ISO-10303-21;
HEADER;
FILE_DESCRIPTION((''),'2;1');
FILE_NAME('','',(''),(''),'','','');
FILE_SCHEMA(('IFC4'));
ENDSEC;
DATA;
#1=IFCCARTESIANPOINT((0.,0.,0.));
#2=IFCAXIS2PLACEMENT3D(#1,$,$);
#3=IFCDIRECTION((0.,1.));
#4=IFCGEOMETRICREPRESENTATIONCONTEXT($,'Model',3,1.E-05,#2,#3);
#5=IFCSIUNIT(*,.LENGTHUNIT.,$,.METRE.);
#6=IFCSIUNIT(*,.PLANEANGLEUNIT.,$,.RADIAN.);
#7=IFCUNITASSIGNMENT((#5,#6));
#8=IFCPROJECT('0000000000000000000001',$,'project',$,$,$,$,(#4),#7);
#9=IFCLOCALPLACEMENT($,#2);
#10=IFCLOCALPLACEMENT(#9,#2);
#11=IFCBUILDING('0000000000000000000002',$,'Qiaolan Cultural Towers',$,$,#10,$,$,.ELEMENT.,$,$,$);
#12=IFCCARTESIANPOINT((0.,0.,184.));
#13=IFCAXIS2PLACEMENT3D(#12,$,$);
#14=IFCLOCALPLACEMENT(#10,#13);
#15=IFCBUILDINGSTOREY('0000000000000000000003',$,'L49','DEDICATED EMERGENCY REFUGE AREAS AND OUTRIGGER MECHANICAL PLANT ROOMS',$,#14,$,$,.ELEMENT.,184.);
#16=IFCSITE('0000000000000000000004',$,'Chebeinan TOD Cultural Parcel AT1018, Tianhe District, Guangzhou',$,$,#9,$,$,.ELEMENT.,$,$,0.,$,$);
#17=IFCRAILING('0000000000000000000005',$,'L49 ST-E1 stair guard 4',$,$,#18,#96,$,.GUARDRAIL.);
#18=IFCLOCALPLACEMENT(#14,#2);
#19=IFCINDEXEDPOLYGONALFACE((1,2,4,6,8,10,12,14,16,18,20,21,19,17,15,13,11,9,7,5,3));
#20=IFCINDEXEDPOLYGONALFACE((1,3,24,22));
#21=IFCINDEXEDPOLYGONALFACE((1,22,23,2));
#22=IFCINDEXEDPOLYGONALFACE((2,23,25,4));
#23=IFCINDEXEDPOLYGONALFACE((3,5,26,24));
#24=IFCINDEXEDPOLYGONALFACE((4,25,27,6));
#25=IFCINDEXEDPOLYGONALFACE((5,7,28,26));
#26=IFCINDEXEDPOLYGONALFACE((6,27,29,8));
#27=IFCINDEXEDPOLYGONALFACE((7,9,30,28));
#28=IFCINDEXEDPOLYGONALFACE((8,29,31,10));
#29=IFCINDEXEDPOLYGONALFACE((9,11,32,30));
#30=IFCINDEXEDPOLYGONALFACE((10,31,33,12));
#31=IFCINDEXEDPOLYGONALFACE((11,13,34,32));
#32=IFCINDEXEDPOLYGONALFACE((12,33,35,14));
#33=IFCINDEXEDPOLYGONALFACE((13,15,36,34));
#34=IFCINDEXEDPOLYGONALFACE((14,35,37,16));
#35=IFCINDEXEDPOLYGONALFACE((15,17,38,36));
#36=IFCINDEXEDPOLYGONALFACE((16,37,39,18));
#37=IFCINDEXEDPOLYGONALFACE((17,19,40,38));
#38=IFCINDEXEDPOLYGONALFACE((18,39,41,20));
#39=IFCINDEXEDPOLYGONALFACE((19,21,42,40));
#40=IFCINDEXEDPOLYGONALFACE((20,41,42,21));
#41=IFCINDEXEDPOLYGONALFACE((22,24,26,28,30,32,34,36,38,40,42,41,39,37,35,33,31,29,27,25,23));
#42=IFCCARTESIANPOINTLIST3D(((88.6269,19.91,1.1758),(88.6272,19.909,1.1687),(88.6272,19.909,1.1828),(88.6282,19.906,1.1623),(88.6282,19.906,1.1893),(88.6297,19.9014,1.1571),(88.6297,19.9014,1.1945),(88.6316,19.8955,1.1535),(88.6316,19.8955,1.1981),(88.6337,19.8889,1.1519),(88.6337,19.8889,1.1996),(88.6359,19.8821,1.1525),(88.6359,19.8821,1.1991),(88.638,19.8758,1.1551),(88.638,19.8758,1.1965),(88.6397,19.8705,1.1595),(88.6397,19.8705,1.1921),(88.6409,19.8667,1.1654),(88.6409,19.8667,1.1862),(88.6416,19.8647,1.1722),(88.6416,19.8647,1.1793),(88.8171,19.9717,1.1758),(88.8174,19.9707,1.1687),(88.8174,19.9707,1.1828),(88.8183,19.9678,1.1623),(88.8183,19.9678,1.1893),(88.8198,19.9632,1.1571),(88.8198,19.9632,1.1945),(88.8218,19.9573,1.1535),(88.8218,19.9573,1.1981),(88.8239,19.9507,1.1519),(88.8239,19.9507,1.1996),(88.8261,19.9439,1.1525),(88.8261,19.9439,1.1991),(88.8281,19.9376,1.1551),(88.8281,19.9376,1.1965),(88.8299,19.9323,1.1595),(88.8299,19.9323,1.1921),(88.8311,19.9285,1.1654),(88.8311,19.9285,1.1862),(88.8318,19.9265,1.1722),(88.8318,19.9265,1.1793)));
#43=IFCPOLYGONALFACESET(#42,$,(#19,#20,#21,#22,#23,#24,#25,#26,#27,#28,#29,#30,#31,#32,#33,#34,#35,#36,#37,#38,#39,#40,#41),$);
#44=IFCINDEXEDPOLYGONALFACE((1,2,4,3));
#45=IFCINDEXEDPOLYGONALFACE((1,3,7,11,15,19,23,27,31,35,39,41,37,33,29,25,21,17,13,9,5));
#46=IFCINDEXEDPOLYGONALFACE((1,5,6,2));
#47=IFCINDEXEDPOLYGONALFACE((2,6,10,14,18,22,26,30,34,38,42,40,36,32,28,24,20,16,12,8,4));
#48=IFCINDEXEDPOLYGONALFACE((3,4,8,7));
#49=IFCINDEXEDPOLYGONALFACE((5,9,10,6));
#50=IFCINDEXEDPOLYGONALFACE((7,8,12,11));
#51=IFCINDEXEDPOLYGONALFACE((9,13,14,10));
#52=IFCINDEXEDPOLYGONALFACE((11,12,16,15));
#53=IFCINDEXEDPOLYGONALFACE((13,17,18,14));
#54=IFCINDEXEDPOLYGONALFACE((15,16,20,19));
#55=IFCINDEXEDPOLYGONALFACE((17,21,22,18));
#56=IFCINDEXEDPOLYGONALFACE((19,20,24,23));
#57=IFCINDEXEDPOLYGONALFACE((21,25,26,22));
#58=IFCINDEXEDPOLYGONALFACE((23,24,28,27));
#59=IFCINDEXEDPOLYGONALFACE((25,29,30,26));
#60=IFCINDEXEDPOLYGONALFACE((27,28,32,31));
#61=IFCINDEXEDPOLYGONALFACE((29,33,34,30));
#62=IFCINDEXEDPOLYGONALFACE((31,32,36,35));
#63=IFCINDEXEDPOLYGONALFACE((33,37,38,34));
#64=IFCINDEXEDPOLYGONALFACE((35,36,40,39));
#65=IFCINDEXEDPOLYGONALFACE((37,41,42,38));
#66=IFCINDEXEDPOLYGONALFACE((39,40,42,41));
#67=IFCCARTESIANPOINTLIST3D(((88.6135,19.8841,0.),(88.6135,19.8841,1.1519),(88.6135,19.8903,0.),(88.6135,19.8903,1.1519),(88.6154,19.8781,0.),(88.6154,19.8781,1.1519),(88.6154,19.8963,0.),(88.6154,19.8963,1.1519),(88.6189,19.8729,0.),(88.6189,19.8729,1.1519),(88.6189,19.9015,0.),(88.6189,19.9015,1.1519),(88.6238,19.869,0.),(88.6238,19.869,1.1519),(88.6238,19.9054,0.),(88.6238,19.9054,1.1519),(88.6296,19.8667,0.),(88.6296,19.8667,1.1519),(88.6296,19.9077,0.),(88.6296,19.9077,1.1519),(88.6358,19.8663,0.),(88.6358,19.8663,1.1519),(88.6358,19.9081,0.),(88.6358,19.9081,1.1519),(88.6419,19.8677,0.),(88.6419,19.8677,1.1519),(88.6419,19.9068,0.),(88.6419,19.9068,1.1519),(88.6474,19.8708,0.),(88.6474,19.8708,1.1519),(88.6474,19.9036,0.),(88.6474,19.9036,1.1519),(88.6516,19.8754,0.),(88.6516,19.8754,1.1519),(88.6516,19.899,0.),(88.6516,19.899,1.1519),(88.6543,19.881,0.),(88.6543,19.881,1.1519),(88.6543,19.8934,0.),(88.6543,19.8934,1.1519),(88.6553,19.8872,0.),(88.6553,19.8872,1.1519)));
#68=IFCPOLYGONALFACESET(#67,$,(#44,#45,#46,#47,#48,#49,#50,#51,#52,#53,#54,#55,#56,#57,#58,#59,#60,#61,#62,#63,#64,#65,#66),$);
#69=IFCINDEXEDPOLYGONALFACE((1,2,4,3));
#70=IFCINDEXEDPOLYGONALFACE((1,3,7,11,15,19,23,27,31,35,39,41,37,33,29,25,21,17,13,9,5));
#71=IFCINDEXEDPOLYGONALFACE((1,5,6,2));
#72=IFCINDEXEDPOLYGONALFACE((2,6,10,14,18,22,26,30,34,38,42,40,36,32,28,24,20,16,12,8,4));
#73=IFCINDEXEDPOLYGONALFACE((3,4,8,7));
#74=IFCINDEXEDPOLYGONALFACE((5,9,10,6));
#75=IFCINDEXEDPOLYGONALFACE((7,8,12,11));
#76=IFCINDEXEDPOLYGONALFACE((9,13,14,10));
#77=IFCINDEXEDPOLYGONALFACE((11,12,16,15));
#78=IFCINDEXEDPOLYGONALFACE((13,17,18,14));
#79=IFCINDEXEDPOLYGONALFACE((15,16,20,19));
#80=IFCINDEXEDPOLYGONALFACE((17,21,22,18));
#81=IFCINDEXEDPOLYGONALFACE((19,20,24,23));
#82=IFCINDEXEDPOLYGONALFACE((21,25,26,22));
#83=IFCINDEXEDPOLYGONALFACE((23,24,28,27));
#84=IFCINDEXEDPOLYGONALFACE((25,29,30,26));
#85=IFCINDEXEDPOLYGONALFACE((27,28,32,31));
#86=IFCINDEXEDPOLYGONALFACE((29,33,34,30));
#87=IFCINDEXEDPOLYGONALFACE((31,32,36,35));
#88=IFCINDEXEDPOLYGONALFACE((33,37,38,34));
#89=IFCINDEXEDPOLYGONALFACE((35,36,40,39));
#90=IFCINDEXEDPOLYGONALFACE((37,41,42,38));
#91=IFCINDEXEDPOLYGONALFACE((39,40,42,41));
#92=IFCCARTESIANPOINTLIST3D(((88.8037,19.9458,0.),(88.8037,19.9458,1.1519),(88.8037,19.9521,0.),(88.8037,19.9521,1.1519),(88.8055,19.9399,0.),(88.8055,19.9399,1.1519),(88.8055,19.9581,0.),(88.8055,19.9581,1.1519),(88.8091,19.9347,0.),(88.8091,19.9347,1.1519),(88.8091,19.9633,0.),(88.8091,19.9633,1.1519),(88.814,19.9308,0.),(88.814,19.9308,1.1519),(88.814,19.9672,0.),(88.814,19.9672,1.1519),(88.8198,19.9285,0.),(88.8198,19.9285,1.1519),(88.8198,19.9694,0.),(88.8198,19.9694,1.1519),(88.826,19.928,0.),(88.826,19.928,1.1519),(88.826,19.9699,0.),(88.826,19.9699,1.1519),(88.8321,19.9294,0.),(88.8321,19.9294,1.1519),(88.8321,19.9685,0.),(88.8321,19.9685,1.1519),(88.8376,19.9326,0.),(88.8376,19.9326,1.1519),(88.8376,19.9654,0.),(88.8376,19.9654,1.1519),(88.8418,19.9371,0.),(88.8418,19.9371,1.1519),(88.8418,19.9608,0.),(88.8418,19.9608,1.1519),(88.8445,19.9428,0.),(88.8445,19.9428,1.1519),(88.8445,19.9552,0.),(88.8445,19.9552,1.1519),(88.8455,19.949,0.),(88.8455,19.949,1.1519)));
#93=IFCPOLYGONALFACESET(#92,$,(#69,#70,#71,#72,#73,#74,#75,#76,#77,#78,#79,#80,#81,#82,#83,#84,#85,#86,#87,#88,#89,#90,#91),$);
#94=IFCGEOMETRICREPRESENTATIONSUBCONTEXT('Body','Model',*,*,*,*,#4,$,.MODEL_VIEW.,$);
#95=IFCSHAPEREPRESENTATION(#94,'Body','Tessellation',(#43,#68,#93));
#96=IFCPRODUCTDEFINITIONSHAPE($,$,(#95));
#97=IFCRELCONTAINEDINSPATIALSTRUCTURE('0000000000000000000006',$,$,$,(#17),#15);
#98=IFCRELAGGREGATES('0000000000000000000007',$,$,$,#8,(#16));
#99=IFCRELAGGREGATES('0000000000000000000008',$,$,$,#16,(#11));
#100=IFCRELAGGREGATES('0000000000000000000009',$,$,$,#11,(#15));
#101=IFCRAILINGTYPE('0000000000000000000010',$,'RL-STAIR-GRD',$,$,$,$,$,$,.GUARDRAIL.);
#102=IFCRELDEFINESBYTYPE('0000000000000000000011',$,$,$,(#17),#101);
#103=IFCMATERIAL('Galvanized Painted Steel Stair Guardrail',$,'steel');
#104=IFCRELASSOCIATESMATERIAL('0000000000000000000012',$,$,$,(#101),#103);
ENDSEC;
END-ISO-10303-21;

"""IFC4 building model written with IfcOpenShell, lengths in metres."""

from ifc_helpers import new_model, si_unit, direction, frame, origin, origin_2d, place, context, subcontext, project, spatial, circle, extrude, material, type_object, element, save


model = new_model("IFC4")

# Units and contexts
model_context = context("Model", 3, precision=1e-05, world=origin(), true_north=direction((0.0, 1.0)))
body_context = subcontext(model_context, "Body", "Model", "MODEL_VIEW")
ifc_project = project(units=[si_unit("LENGTHUNIT", "METRE"), si_unit("PLANEANGLEUNIT", "RADIAN")], contexts=[model_context])

# Site, building, storey
site_placement = place(None, origin())
site = spatial("IfcSite", under=ifc_project, at=site_placement, Name="Chebeinan TOD Cultural Parcel AT1018, Tianhe District, Guangzhou", CompositionType="ELEMENT", RefElevation=0.0)
building_placement = place(site_placement, origin())
building = spatial("IfcBuilding", under=site, at=building_placement, Name="Qiaolan Cultural Towers", CompositionType="ELEMENT")
storey_placement = place(building_placement, frame((0.0, 0.0, 184.0)))
storey = spatial("IfcBuildingStorey", under=building, at=storey_placement, Name="L49", Description="DEDICATED EMERGENCY REFUGE AREAS AND OUTRIGGER MECHANICAL PLANT ROOMS", CompositionType="ELEMENT", Elevation=184.0)

# Railing
ifc_material_1 = material(Name="Galvanized Painted Steel Stair Guardrail", Category="steel")
railing_type_1 = type_object("IfcRailingType", Name="RL-STAIR-GRD", PredefinedType="GUARDRAIL", material=ifc_material_1)
railing_1_placement = place(storey_placement, frame((88.6343, 19.8872, 0.0)))
element("IfcRailing", 1, at=railing_1_placement, inside=storey, type_object=railing_type_1, Name="L49 ST-E1 stair guard 4", PredefinedType="GUARDRAIL", context=body_context, shape_type="SweptSolid", body=[
    extrude(circle(Radius=0.0239, at=origin_2d()), frame((0.0, 0.0, 1.1758), z_axis=(0.951097, 0.308893, 0.0), x_axis=(-0.308893, 0.951097, 0.0)), (0.0, 0.0, 1.0), 0.2),
    extrude(circle(Radius=0.021, at=origin_2d()), origin(), (0.0, 0.0, 1.0), 1.1519),
    extrude(circle(Radius=0.021, at=origin_2d()), frame((0.1902, 0.0618, 0.0)), (0.0, 0.0, 1.0), 1.1519),
])

save(model, "model.ifc")
